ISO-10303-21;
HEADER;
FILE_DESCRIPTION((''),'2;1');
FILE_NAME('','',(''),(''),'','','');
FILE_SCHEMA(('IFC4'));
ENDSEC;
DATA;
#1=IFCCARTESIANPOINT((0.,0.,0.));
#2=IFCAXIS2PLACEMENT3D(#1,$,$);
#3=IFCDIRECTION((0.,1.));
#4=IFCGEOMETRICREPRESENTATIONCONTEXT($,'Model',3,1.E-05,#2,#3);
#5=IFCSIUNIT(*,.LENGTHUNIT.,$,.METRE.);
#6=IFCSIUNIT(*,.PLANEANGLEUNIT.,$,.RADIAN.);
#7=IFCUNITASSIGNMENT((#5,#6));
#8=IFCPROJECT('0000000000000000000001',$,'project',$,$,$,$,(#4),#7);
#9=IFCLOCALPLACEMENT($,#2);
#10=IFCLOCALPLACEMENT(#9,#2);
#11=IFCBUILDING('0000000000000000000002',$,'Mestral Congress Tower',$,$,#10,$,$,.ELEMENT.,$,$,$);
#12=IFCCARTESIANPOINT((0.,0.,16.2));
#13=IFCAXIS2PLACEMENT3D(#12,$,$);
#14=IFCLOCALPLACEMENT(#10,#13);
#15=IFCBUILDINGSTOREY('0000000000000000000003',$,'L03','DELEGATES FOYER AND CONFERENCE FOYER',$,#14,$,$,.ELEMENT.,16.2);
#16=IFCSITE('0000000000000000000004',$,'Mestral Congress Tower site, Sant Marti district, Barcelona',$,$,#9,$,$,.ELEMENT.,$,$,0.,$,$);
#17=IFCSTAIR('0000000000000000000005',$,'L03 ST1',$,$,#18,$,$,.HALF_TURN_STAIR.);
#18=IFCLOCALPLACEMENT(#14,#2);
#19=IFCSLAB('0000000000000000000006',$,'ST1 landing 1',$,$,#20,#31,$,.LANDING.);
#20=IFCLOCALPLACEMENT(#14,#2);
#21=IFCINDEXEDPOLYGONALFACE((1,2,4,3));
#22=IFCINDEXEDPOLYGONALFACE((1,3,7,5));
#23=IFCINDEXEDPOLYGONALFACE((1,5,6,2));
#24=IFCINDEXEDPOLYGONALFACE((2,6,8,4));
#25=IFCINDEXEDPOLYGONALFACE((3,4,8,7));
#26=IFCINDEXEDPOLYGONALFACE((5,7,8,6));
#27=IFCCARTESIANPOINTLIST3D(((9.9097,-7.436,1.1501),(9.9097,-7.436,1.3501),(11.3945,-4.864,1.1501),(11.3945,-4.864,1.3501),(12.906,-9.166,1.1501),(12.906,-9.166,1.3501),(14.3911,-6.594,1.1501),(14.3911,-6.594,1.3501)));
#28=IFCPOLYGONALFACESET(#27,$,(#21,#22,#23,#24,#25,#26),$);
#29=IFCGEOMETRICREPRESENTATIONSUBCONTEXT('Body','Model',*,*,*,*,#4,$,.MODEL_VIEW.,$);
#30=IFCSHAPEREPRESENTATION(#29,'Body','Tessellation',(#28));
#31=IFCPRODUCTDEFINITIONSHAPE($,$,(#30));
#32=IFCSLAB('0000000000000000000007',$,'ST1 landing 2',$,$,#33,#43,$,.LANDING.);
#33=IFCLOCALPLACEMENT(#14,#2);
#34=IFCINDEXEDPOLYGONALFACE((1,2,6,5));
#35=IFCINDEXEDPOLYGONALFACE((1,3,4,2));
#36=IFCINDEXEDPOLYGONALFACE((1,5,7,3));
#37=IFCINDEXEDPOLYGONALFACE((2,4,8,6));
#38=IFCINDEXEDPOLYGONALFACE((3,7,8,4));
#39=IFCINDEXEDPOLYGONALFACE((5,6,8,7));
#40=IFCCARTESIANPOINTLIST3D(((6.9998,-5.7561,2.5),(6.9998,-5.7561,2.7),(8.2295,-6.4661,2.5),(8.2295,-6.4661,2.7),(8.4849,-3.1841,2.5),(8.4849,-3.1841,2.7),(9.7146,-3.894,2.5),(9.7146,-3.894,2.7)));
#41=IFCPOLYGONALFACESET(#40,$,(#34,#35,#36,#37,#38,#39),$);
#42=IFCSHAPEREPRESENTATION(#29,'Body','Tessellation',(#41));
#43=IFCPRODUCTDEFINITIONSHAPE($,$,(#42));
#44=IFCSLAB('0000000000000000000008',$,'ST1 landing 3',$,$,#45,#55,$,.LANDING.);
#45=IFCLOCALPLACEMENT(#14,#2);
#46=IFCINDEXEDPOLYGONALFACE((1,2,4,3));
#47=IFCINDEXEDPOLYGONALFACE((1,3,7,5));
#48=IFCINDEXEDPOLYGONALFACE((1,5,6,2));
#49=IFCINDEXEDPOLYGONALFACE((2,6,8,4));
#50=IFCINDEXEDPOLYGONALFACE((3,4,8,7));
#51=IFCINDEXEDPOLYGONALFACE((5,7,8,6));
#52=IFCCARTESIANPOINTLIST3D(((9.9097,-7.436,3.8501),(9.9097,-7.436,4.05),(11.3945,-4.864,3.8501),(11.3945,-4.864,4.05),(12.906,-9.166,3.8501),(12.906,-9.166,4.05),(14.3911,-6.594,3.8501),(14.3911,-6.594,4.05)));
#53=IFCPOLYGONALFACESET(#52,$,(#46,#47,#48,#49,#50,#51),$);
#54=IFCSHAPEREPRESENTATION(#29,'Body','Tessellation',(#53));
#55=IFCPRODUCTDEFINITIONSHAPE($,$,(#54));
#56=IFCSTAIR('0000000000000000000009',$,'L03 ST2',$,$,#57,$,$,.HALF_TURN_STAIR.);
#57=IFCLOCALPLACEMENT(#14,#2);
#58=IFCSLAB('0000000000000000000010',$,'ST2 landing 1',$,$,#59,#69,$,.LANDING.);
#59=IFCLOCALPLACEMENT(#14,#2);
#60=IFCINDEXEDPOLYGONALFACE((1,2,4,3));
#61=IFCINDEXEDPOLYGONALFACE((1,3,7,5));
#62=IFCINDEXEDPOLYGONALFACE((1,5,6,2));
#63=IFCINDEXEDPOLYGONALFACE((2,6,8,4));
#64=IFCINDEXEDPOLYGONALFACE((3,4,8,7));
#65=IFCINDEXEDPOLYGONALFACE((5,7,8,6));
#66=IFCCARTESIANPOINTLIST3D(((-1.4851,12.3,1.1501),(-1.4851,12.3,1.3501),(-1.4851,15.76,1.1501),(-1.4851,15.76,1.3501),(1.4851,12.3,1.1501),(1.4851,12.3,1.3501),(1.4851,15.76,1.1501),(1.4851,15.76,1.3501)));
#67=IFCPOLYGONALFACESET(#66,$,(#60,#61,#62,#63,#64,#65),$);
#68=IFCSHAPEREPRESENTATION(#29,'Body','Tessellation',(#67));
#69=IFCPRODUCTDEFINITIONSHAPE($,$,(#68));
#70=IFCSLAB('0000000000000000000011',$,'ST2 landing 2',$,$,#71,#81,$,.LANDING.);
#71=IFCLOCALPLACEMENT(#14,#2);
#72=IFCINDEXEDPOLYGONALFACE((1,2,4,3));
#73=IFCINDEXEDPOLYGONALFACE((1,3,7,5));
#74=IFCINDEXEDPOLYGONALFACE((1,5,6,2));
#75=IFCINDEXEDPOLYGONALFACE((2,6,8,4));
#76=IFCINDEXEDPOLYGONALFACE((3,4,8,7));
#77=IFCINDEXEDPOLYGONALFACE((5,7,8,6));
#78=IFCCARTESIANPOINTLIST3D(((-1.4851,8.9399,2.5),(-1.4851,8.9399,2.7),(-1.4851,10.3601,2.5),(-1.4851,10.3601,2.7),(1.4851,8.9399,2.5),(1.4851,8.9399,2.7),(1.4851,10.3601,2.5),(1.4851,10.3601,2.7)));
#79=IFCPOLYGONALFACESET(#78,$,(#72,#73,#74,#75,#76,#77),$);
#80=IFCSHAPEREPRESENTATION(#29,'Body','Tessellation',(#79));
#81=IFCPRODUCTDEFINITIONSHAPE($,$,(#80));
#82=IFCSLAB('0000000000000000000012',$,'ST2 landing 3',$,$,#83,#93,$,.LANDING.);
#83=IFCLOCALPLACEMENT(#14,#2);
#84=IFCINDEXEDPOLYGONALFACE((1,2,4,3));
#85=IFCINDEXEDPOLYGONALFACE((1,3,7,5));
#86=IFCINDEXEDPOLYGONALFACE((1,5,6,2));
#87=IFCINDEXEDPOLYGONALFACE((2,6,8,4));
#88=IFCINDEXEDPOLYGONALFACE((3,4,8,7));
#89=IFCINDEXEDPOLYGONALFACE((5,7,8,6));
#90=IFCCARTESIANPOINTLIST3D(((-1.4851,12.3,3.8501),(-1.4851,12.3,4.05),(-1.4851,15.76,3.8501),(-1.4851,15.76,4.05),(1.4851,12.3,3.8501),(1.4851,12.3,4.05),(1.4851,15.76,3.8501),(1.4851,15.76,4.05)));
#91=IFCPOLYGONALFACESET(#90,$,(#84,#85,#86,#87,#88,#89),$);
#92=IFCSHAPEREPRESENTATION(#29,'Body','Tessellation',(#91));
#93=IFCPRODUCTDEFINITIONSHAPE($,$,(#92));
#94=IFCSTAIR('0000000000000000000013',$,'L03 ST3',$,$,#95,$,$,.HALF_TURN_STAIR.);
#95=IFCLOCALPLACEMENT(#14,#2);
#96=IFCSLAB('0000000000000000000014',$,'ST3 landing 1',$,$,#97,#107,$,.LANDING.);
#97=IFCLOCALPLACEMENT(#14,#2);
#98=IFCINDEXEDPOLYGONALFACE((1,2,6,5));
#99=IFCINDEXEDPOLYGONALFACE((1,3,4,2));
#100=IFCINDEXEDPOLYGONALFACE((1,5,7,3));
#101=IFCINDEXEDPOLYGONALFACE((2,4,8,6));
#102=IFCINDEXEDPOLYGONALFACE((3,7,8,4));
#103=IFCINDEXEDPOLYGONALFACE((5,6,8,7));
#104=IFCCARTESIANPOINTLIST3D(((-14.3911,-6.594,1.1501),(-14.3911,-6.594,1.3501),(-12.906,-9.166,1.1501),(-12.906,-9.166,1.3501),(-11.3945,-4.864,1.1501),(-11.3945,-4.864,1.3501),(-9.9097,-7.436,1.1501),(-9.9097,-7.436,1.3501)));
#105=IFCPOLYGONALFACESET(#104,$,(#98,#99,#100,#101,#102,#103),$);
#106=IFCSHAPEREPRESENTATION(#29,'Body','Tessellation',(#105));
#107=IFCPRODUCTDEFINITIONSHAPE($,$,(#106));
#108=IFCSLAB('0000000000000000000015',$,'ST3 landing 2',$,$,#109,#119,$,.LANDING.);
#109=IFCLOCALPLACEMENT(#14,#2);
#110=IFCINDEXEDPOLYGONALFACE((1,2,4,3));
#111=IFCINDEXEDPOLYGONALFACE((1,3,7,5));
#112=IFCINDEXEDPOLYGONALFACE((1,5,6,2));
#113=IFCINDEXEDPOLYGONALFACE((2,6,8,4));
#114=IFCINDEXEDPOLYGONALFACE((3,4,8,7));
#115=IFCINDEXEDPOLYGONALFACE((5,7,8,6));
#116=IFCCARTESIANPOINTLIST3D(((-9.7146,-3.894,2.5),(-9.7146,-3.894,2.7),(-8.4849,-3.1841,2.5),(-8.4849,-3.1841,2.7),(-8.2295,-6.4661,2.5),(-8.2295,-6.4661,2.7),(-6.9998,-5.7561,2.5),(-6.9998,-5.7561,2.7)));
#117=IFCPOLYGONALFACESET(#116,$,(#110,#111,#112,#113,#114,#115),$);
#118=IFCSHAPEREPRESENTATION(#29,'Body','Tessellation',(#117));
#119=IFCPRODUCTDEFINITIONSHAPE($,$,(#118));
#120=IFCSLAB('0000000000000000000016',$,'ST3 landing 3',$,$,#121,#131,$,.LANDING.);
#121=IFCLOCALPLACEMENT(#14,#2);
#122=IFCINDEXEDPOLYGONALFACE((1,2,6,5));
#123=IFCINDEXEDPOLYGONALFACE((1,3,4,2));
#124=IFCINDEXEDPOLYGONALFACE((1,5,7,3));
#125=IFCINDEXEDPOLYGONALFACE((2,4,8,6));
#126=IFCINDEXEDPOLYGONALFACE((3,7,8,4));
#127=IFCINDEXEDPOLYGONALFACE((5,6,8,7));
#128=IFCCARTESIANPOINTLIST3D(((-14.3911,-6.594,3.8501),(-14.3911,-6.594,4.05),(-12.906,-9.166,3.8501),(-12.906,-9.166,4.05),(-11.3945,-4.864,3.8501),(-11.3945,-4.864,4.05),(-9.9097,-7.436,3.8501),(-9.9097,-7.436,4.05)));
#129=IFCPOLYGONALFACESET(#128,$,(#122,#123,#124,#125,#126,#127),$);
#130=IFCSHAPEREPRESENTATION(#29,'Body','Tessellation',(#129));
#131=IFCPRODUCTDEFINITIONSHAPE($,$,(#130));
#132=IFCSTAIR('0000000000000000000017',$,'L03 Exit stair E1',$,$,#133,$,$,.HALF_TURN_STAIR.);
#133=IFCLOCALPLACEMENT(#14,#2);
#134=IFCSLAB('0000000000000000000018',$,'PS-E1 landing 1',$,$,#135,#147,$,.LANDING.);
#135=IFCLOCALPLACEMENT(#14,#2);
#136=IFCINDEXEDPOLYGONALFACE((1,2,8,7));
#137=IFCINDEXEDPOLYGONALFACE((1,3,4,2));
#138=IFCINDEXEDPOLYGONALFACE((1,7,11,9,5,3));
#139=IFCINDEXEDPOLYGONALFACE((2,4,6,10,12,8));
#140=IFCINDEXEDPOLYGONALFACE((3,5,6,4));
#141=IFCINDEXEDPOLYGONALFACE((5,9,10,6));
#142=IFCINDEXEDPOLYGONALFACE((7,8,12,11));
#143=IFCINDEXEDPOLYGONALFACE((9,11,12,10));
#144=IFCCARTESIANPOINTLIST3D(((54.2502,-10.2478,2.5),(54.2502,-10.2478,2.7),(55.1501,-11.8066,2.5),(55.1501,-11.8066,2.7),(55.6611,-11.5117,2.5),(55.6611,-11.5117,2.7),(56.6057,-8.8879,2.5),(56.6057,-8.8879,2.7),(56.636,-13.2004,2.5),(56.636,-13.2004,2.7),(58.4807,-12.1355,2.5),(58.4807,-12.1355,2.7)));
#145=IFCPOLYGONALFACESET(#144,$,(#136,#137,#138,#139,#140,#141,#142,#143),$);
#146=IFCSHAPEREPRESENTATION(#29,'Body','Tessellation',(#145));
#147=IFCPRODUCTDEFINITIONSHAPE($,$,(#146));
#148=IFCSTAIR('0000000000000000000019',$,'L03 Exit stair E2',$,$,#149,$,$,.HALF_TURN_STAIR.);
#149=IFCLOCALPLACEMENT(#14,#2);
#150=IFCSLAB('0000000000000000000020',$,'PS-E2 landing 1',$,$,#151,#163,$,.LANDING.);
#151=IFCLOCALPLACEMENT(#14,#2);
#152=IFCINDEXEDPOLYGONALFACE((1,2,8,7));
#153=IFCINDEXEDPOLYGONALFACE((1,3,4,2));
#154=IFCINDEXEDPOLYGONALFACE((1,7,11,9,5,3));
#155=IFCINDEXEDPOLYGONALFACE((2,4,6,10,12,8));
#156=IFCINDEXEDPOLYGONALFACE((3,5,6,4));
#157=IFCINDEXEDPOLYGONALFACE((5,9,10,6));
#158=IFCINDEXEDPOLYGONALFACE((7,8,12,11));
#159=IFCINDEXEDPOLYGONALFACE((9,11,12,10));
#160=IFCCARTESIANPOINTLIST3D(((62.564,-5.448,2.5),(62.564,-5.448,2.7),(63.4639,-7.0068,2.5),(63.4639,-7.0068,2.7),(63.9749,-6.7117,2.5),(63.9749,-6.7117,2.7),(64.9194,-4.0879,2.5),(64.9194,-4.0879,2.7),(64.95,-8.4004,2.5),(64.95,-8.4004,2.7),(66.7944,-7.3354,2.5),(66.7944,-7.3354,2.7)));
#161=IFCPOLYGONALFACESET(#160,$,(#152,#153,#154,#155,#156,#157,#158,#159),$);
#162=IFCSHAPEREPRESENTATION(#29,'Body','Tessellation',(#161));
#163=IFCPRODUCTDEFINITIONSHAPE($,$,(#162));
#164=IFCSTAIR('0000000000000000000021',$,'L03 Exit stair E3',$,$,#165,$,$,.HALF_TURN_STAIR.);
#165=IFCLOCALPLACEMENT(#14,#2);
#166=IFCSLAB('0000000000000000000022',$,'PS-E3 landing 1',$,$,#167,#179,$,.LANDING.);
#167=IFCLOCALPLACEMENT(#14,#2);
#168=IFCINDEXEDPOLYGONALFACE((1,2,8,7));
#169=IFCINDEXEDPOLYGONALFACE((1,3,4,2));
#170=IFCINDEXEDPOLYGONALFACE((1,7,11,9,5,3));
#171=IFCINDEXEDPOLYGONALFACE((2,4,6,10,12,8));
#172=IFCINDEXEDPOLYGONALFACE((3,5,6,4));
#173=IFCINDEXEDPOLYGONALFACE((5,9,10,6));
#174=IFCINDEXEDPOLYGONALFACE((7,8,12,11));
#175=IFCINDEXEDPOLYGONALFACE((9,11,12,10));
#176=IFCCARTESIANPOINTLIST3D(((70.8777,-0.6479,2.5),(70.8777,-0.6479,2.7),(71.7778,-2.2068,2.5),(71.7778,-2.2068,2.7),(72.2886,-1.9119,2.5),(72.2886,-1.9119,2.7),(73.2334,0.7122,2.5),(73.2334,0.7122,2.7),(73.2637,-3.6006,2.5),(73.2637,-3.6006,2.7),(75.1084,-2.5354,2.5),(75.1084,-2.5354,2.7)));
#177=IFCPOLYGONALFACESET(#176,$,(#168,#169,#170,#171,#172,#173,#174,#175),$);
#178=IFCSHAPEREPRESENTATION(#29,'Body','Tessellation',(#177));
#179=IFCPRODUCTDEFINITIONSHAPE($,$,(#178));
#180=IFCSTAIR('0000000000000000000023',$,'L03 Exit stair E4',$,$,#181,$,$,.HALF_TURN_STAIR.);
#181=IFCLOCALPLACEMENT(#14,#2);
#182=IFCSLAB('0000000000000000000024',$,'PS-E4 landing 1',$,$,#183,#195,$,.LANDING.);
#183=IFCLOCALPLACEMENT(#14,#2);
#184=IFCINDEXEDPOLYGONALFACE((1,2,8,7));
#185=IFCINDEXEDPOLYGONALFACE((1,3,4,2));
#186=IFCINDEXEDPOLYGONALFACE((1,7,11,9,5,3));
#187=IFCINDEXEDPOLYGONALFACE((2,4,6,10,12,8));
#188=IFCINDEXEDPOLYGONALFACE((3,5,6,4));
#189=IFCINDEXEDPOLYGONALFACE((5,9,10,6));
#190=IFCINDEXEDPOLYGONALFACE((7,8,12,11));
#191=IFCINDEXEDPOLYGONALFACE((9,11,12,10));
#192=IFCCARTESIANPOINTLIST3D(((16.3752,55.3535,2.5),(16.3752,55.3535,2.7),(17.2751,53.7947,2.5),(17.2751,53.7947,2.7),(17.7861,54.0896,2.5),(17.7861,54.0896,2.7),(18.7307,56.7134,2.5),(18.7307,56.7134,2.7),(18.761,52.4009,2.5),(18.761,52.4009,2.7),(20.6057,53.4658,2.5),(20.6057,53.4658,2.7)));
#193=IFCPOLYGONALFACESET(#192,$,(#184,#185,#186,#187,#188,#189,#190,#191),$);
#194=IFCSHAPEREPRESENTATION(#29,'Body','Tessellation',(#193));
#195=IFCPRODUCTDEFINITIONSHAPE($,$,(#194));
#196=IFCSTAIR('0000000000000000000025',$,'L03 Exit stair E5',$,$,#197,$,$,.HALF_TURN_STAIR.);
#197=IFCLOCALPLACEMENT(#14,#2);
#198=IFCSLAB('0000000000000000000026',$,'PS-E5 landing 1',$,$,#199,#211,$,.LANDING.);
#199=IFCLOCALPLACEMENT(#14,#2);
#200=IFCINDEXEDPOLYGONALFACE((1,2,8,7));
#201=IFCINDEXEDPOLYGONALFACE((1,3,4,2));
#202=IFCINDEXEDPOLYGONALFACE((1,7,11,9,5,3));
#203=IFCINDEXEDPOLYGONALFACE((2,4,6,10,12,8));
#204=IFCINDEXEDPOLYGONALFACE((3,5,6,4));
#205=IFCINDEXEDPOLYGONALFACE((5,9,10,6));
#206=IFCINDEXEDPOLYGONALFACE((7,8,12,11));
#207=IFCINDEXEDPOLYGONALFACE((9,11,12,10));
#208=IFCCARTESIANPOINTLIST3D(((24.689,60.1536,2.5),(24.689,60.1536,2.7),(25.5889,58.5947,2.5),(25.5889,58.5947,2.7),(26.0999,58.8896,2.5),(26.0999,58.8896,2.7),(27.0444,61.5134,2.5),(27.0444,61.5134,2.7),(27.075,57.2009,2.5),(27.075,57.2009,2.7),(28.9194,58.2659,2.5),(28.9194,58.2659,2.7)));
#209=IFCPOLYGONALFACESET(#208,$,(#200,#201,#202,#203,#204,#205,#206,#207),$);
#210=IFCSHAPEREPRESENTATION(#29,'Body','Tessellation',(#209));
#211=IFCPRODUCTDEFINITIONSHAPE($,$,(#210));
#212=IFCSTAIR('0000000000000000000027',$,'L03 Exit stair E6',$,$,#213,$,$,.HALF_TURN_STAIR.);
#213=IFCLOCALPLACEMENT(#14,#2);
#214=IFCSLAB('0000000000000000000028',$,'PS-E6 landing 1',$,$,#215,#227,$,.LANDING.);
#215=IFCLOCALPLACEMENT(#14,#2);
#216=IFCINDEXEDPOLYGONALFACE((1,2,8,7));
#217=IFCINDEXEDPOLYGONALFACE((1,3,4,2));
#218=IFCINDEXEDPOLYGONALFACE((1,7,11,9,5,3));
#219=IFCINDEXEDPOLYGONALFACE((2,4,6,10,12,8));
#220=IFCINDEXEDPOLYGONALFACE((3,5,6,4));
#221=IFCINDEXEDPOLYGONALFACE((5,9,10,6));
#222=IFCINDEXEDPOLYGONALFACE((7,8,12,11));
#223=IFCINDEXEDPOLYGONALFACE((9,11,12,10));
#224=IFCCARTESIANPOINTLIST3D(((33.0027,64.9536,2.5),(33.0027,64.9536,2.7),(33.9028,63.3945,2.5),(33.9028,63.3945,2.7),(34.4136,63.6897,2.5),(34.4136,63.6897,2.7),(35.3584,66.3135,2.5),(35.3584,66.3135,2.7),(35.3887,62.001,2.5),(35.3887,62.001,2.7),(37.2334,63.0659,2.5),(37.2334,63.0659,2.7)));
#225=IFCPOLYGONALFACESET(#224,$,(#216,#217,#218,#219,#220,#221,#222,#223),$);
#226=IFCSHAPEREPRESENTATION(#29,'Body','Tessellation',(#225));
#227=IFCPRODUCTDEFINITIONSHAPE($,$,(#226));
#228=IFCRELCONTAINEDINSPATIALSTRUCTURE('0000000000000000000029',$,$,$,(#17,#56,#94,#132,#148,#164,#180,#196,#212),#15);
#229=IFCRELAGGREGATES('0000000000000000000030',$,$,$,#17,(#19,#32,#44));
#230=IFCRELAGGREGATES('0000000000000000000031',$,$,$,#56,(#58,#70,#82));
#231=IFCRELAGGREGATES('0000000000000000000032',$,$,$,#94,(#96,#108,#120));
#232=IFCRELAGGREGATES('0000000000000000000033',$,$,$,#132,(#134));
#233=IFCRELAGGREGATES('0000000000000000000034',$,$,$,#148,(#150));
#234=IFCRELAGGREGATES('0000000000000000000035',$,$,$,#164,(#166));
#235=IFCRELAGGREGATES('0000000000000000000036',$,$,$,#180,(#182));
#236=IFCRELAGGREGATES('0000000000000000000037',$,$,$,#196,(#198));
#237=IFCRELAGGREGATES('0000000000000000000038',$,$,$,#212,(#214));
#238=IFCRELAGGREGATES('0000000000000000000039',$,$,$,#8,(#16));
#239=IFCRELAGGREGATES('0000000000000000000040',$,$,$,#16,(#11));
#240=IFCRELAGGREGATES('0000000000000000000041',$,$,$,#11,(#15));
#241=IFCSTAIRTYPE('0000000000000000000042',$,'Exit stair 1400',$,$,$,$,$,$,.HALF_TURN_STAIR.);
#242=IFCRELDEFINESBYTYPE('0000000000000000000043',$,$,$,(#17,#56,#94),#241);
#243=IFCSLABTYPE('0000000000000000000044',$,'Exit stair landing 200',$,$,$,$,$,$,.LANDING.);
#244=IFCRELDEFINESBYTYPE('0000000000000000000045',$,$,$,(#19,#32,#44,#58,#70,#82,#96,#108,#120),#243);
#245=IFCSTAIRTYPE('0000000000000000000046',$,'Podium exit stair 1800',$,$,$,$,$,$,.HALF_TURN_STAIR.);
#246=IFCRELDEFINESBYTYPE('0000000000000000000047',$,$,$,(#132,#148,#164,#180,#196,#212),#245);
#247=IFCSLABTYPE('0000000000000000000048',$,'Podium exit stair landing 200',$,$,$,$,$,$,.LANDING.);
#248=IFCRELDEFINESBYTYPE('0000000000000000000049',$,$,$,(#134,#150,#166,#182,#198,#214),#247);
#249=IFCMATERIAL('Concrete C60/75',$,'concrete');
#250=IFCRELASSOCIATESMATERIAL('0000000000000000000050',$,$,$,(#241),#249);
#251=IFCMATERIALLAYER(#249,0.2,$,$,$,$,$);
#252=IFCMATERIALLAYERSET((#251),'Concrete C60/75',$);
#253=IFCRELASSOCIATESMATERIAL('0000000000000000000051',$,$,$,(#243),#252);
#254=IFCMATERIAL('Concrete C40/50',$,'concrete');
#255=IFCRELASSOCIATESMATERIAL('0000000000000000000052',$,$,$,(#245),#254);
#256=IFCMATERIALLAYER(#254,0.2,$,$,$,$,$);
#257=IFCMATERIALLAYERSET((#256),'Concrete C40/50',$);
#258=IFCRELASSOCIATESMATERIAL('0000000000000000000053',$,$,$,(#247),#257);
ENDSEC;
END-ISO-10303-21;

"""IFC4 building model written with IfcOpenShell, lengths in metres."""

from ifc_helpers import new_model, si_unit, direction, frame, origin, place, context, subcontext, project, spatial, polyline, outline, extrude, material, layer, layer_set, type_object, element, aggregate, save


model = new_model("IFC4")

# Units and contexts
model_context = context("Model", 3, precision=1e-05, world=origin(), true_north=direction((0.0, 1.0)))
body_context = subcontext(model_context, "Body", "Model", "MODEL_VIEW")
ifc_project = project(units=[si_unit("LENGTHUNIT", "METRE"), si_unit("PLANEANGLEUNIT", "RADIAN")], contexts=[model_context])

# Site, building, storey
site_placement = place(None, origin())
site = spatial("IfcSite", under=ifc_project, at=site_placement, Name="Mestral Congress Tower site, Sant Marti district, Barcelona", CompositionType="ELEMENT", RefElevation=0.0)
building_placement = place(site_placement, origin())
building = spatial("IfcBuilding", under=site, at=building_placement, Name="Mestral Congress Tower", CompositionType="ELEMENT")
storey_placement = place(building_placement, frame((0.0, 0.0, 16.2)))
storey = spatial("IfcBuildingStorey", under=building, at=storey_placement, Name="L03", Description="DELEGATES FOYER AND CONFERENCE FOYER", CompositionType="ELEMENT", Elevation=16.2)

# Stairs, slabs
ifc_material_1 = material(Name="Concrete C60/75", Category="concrete")
stair_type_1 = type_object("IfcStairType", Name="Exit stair 1400", PredefinedType="HALF_TURN_STAIR", material=ifc_material_1)
placement_1 = place(storey_placement, origin())
stair_1 = element("IfcStair", 1, at=placement_1, inside=storey, type_object=stair_type_1, Name="L03 ST1", PredefinedType="HALF_TURN_STAIR")
ifc_layer_1 = layer(ifc_material_1, 0.2)
ifc_layer_set_1 = layer_set([ifc_layer_1], Name="Concrete C60/75")
slab_type_1 = type_object("IfcSlabType", Name="Exit stair landing 200", PredefinedType="LANDING", material=ifc_layer_set_1)
placement_2 = place(storey_placement, frame((0.0, 0.0, 1.1501)))
slab_1 = element("IfcSlab", 2, at=placement_2, type_object=slab_type_1, Name="ST1 landing 1", PredefinedType="LANDING", context=body_context, shape_type="SweptSolid", body=[
    extrude(outline(polyline([(9.9097, -7.436), (11.3945, -4.864), (14.3911, -6.594), (12.906, -9.166), (9.9097, -7.436)])), origin(), (0.0, 0.0, 1.0), 0.2),
])
placement_3 = place(storey_placement, frame((0.0, 0.0, 2.5)))
slab_2 = element("IfcSlab", 3, at=placement_3, type_object=slab_type_1, Name="ST1 landing 2", PredefinedType="LANDING", context=body_context, shape_type="SweptSolid", body=[
    extrude(outline(polyline([(6.9998, -5.7561), (8.4849, -3.1841), (9.7146, -3.894), (8.2295, -6.4661), (6.9998, -5.7561)])), origin(), (0.0, 0.0, 1.0), 0.2),
])
placement_4 = place(storey_placement, frame((0.0, 0.0, 3.8501)))
slab_3 = element("IfcSlab", 4, at=placement_4, type_object=slab_type_1, Name="ST1 landing 3", PredefinedType="LANDING", context=body_context, shape_type="SweptSolid", body=[
    extrude(outline(polyline([(9.9097, -7.436), (11.3945, -4.864), (14.3911, -6.594), (12.906, -9.166), (9.9097, -7.436)])), origin(), (0.0, 0.0, 1.0), 0.2),
])
aggregate(stair_1, [slab_1, slab_2, slab_3])
stair_2 = element("IfcStair", 5, at=placement_1, inside=storey, type_object=stair_type_1, Name="L03 ST2", PredefinedType="HALF_TURN_STAIR")
slab_4 = element("IfcSlab", 6, at=placement_2, type_object=slab_type_1, Name="ST2 landing 1", PredefinedType="LANDING", context=body_context, shape_type="SweptSolid", body=[
    extrude(outline(polyline([(1.4851, 12.3), (-1.4851, 12.3), (-1.4851, 15.76), (1.4851, 15.76), (1.4851, 12.3)])), origin(), (0.0, 0.0, 1.0), 0.2),
])
slab_5 = element("IfcSlab", 7, at=placement_3, type_object=slab_type_1, Name="ST2 landing 2", PredefinedType="LANDING", context=body_context, shape_type="SweptSolid", body=[
    extrude(outline(polyline([(1.4851, 8.9399), (-1.4851, 8.9399), (-1.4851, 10.3601), (1.4851, 10.3601), (1.4851, 8.9399)])), origin(), (0.0, 0.0, 1.0), 0.2),
])
slab_6 = element("IfcSlab", 8, at=placement_4, type_object=slab_type_1, Name="ST2 landing 3", PredefinedType="LANDING", context=body_context, shape_type="SweptSolid", body=[
    extrude(outline(polyline([(1.4851, 12.3), (-1.4851, 12.3), (-1.4851, 15.76), (1.4851, 15.76), (1.4851, 12.3)])), origin(), (0.0, 0.0, 1.0), 0.2),
])
aggregate(stair_2, [slab_4, slab_5, slab_6])
stair_3 = element("IfcStair", 9, at=placement_1, inside=storey, type_object=stair_type_1, Name="L03 ST3", PredefinedType="HALF_TURN_STAIR")
slab_7 = element("IfcSlab", 10, at=placement_2, type_object=slab_type_1, Name="ST3 landing 1", PredefinedType="LANDING", context=body_context, shape_type="SweptSolid", body=[
    extrude(outline(polyline([(-11.3945, -4.864), (-9.9097, -7.436), (-12.906, -9.166), (-14.3911, -6.594), (-11.3945, -4.864)])), origin(), (0.0, 0.0, 1.0), 0.2),
])
slab_8 = element("IfcSlab", 11, at=placement_3, type_object=slab_type_1, Name="ST3 landing 2", PredefinedType="LANDING", context=body_context, shape_type="SweptSolid", body=[
    extrude(outline(polyline([(-8.4849, -3.1841), (-6.9998, -5.7561), (-8.2295, -6.4661), (-9.7146, -3.894), (-8.4849, -3.1841)])), origin(), (0.0, 0.0, 1.0), 0.2),
])
slab_9 = element("IfcSlab", 12, at=placement_4, type_object=slab_type_1, Name="ST3 landing 3", PredefinedType="LANDING", context=body_context, shape_type="SweptSolid", body=[
    extrude(outline(polyline([(-11.3945, -4.864), (-9.9097, -7.436), (-12.906, -9.166), (-14.3911, -6.594), (-11.3945, -4.864)])), origin(), (0.0, 0.0, 1.0), 0.2),
])
aggregate(stair_3, [slab_7, slab_8, slab_9])

# Stairs, slabs
ifc_material_2 = material(Name="Concrete C40/50", Category="concrete")
stair_type_2 = type_object("IfcStairType", Name="Podium exit stair 1800", PredefinedType="HALF_TURN_STAIR", material=ifc_material_2)
stair_4 = element("IfcStair", 13, at=placement_1, inside=storey, type_object=stair_type_2, Name="L03 Exit stair E1", PredefinedType="HALF_TURN_STAIR")
ifc_layer_2 = layer(ifc_material_2, 0.2)
ifc_layer_set_2 = layer_set([ifc_layer_2], Name="Concrete C40/50")
slab_type_2 = type_object("IfcSlabType", Name="Podium exit stair landing 200", PredefinedType="LANDING", material=ifc_layer_set_2)
slab_10 = element("IfcSlab", 14, at=placement_3, type_object=slab_type_2, Name="PS-E1 landing 1", PredefinedType="LANDING", context=body_context, shape_type="SweptSolid", body=[
    extrude(outline(polyline([(56.636, -13.2004), (55.6611, -11.5117), (55.1501, -11.8066), (54.2502, -10.2478), (56.6057, -8.8879), (58.4807, -12.1355), (56.636, -13.2004)])), origin(), (0.0, 0.0, 1.0), 0.2),
])
aggregate(stair_4, [slab_10])
stair_5 = element("IfcStair", 15, at=placement_1, inside=storey, type_object=stair_type_2, Name="L03 Exit stair E2", PredefinedType="HALF_TURN_STAIR")
slab_11 = element("IfcSlab", 16, at=placement_3, type_object=slab_type_2, Name="PS-E2 landing 1", PredefinedType="LANDING", context=body_context, shape_type="SweptSolid", body=[
    extrude(outline(polyline([(64.95, -8.4004), (63.9749, -6.7117), (63.4639, -7.0068), (62.564, -5.448), (64.9194, -4.0879), (66.7944, -7.3354), (64.95, -8.4004)])), origin(), (0.0, 0.0, 1.0), 0.2),
])
aggregate(stair_5, [slab_11])
stair_6 = element("IfcStair", 17, at=placement_1, inside=storey, type_object=stair_type_2, Name="L03 Exit stair E3", PredefinedType="HALF_TURN_STAIR")
slab_12 = element("IfcSlab", 18, at=placement_3, type_object=slab_type_2, Name="PS-E3 landing 1", PredefinedType="LANDING", context=body_context, shape_type="SweptSolid", body=[
    extrude(outline(polyline([(73.2637, -3.6006), (72.2886, -1.9119), (71.7778, -2.2068), (70.8777, -0.6479), (73.2334, 0.7122), (75.1084, -2.5354), (73.2637, -3.6006)])), origin(), (0.0, 0.0, 1.0), 0.2),
])
aggregate(stair_6, [slab_12])
stair_7 = element("IfcStair", 19, at=placement_1, inside=storey, type_object=stair_type_2, Name="L03 Exit stair E4", PredefinedType="HALF_TURN_STAIR")
slab_13 = element("IfcSlab", 20, at=placement_3, type_object=slab_type_2, Name="PS-E4 landing 1", PredefinedType="LANDING", context=body_context, shape_type="SweptSolid", body=[
    extrude(outline(polyline([(18.761, 52.4009), (17.7861, 54.0896), (17.2751, 53.7947), (16.3752, 55.3535), (18.7307, 56.7134), (20.6057, 53.4658), (18.761, 52.4009)])), origin(), (0.0, 0.0, 1.0), 0.2),
])
aggregate(stair_7, [slab_13])
stair_8 = element("IfcStair", 21, at=placement_1, inside=storey, type_object=stair_type_2, Name="L03 Exit stair E5", PredefinedType="HALF_TURN_STAIR")
slab_14 = element("IfcSlab", 22, at=placement_3, type_object=slab_type_2, Name="PS-E5 landing 1", PredefinedType="LANDING", context=body_context, shape_type="SweptSolid", body=[
    extrude(outline(polyline([(27.075, 57.2009), (26.0999, 58.8896), (25.5889, 58.5947), (24.689, 60.1536), (27.0444, 61.5134), (28.9194, 58.2659), (27.075, 57.2009)])), origin(), (0.0, 0.0, 1.0), 0.2),
])
aggregate(stair_8, [slab_14])
stair_9 = element("IfcStair", 23, at=placement_1, inside=storey, type_object=stair_type_2, Name="L03 Exit stair E6", PredefinedType="HALF_TURN_STAIR")
slab_15 = element("IfcSlab", 24, at=placement_3, type_object=slab_type_2, Name="PS-E6 landing 1", PredefinedType="LANDING", context=body_context, shape_type="SweptSolid", body=[
    extrude(outline(polyline([(35.3887, 62.001), (34.4136, 63.6897), (33.9028, 63.3945), (33.0027, 64.9536), (35.3584, 66.3135), (37.2334, 63.0659), (35.3887, 62.001)])), origin(), (0.0, 0.0, 1.0), 0.2),
])
aggregate(stair_9, [slab_15])

save(model, "model.ifc")
